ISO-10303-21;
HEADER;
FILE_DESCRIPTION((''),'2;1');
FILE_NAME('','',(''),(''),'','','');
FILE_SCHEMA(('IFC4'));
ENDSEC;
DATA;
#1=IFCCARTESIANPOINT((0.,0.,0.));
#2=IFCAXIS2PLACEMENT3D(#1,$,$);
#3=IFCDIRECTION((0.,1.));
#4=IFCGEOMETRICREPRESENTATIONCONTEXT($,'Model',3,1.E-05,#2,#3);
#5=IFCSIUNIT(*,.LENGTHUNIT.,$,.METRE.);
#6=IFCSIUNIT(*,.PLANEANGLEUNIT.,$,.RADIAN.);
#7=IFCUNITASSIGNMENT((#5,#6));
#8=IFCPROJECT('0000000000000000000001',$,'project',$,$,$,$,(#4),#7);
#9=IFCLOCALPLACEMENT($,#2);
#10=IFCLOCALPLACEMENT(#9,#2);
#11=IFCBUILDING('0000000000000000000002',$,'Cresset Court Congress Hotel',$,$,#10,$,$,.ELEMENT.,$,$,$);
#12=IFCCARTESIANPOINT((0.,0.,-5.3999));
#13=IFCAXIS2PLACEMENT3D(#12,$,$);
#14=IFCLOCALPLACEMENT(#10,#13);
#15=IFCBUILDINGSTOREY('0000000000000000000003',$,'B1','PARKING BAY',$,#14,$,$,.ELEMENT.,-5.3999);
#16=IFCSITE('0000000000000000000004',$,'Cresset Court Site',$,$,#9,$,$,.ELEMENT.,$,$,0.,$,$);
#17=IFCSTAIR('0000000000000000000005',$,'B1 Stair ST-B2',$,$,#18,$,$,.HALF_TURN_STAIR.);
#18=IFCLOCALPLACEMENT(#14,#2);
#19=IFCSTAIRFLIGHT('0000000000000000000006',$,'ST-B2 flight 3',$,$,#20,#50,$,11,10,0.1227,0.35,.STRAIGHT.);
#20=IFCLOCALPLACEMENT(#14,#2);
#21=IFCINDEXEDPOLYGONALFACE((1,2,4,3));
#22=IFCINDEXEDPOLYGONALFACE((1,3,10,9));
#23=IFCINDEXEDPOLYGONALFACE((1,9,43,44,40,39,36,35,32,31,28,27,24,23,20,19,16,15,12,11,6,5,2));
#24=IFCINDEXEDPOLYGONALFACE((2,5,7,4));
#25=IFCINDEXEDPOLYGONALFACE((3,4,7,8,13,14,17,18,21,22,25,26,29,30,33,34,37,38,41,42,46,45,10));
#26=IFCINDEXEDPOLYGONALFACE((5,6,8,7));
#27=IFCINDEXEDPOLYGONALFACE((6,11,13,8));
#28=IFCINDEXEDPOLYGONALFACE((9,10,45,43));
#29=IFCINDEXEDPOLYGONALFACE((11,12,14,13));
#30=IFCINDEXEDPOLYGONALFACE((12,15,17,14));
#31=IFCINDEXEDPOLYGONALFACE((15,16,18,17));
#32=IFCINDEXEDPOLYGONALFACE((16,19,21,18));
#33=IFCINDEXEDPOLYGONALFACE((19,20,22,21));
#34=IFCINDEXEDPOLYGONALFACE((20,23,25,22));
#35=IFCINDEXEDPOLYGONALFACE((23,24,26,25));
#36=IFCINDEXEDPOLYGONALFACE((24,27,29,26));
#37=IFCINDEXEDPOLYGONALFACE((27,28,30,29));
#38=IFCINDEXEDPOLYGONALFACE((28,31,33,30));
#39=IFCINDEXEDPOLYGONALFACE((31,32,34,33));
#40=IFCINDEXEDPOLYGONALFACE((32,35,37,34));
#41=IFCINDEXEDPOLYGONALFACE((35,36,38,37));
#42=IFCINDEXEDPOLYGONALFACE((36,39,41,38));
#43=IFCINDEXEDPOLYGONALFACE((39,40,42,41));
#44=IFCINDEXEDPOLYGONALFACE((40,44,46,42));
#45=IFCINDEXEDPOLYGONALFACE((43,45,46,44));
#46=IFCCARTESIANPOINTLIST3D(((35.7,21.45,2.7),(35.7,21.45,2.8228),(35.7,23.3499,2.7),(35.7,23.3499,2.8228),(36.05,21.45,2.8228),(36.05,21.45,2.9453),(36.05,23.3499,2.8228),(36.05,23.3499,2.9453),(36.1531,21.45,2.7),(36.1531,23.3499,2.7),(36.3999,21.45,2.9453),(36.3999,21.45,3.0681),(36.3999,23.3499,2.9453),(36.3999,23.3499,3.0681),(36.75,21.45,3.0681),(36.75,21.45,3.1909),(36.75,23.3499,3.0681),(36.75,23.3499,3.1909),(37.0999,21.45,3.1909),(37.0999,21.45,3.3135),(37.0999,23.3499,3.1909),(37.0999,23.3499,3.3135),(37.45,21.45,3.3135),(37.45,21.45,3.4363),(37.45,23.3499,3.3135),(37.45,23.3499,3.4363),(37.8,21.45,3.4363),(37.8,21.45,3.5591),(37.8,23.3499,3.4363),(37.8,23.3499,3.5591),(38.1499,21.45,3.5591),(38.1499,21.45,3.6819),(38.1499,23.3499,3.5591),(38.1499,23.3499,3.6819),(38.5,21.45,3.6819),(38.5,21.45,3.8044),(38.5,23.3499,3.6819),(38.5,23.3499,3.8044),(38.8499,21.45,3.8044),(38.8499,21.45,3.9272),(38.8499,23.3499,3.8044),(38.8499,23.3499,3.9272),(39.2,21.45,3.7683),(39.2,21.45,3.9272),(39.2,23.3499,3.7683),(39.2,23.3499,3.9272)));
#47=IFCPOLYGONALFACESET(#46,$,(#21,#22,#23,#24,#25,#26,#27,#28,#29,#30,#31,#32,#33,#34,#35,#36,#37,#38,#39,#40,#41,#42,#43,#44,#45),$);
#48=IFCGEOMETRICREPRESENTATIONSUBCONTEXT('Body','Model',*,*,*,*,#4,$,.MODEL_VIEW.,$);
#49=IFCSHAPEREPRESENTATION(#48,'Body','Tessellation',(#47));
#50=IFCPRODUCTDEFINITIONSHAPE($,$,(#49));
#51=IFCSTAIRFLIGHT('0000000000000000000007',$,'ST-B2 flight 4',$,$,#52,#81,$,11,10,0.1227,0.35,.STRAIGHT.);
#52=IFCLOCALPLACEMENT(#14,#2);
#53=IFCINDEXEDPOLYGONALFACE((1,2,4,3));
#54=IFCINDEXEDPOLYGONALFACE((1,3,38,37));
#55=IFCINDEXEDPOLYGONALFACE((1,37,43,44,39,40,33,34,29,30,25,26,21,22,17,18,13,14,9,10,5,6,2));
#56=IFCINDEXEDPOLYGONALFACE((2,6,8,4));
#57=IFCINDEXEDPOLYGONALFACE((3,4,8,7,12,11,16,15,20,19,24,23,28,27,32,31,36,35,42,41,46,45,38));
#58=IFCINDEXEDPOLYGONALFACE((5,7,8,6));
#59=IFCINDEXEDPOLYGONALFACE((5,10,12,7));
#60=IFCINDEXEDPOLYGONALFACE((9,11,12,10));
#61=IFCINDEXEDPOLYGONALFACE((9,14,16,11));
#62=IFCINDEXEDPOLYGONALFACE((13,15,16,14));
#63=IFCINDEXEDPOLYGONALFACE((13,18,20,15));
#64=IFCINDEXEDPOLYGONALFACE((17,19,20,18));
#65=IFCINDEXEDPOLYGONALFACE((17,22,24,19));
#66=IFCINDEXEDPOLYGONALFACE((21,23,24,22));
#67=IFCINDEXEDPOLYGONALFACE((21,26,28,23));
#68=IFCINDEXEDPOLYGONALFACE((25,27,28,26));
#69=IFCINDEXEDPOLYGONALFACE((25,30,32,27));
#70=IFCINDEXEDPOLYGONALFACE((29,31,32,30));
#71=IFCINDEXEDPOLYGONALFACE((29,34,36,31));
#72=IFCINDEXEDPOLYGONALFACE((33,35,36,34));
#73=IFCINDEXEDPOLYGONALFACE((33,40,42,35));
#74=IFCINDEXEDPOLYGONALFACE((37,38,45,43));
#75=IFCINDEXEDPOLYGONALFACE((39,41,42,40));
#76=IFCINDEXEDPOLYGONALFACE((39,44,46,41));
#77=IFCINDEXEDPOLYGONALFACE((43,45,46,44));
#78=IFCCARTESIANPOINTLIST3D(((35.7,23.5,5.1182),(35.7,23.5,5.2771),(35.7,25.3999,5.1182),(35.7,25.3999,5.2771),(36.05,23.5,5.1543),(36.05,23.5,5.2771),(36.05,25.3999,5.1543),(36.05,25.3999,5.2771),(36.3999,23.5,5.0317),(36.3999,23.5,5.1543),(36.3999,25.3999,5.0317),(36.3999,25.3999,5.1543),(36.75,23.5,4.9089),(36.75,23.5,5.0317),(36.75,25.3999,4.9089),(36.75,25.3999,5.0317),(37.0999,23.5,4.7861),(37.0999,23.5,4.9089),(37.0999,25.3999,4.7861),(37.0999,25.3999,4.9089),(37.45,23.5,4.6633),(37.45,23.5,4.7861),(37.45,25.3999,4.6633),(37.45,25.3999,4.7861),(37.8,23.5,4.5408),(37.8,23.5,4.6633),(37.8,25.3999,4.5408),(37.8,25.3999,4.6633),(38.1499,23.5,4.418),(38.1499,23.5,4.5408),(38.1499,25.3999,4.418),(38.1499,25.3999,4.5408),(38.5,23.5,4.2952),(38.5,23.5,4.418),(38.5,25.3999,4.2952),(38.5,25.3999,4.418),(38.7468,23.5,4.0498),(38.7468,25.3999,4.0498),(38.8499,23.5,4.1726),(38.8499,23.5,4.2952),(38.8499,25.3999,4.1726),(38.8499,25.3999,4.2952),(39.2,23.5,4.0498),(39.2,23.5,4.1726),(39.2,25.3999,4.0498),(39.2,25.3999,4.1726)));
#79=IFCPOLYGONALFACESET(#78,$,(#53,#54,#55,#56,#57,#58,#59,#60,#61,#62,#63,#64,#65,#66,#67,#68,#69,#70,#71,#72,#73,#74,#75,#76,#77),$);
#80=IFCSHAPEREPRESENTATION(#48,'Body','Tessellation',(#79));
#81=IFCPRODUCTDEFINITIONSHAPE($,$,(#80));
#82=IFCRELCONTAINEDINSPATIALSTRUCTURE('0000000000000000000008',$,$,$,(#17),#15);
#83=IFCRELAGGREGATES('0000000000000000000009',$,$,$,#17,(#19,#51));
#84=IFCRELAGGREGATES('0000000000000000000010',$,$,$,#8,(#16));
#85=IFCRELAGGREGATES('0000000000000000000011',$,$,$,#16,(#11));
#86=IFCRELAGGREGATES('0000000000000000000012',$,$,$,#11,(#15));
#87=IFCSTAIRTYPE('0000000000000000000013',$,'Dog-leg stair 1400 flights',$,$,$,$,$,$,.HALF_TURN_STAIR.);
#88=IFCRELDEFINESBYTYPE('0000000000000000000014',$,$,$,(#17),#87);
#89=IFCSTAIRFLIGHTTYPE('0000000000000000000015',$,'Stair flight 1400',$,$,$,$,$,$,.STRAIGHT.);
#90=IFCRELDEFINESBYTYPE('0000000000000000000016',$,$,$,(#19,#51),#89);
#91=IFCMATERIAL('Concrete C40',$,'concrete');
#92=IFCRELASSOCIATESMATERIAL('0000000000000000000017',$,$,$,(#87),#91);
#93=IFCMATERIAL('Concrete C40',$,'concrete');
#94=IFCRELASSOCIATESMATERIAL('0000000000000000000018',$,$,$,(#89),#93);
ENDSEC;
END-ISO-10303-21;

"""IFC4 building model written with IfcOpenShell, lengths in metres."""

from ifc_helpers import new_model, si_unit, direction, frame, origin, place, context, subcontext, project, spatial, polyline, outline, extrude, material, type_object, element, aggregate, save


model = new_model("IFC4")

# Units and contexts
model_context = context("Model", 3, precision=1e-05, world=origin(), true_north=direction((0.0, 1.0)))
body_context = subcontext(model_context, "Body", "Model", "MODEL_VIEW")
ifc_project = project(units=[si_unit("LENGTHUNIT", "METRE"), si_unit("PLANEANGLEUNIT", "RADIAN")], contexts=[model_context])

# Site, building, storey
site_placement = place(None, origin())
site = spatial("IfcSite", under=ifc_project, at=site_placement, Name="Cresset Court Site", CompositionType="ELEMENT", RefElevation=0.0)
building_placement = place(site_placement, origin())
building = spatial("IfcBuilding", under=site, at=building_placement, Name="Cresset Court Congress Hotel", CompositionType="ELEMENT")
storey_placement = place(building_placement, frame((0.0, 0.0, -5.3999)))
storey = spatial("IfcBuildingStorey", under=building, at=storey_placement, Name="B1", Description="PARKING BAY", CompositionType="ELEMENT", Elevation=-5.3999)

# Stair, stair flights
ifc_material_1 = material(Name="Concrete C40", Category="concrete")
stair_type = type_object("IfcStairType", Name="Dog-leg stair 1400 flights", PredefinedType="HALF_TURN_STAIR", material=ifc_material_1)
stair_placement = place(storey_placement, origin())
stair = element("IfcStair", 1, at=stair_placement, inside=storey, type_object=stair_type, Name="B1 Stair ST-B2", PredefinedType="HALF_TURN_STAIR")
ifc_material_2 = material(Name="Concrete C40", Category="concrete")
stair_flight_type = type_object("IfcStairFlightType", Name="Stair flight 1400", PredefinedType="STRAIGHT", material=ifc_material_2)
stair_flight_1_placement = place(storey_placement, frame((35.7, 22.3999, 2.7), z_axis=(0.0, 0.0, 1.0), x_axis=(1.0, 0.0, 0.0)))
stair_flight_1 = element("IfcStairFlight", 2, at=stair_flight_1_placement, type_object=stair_flight_type, Name="ST-B2 flight 3", NumberOfRisers=11, NumberOfTreads=10, PredefinedType="STRAIGHT", RiserHeight=0.1227, TreadLength=0.35, context=body_context, shape_type="SweptSolid", body=[
    extrude(outline(polyline([(0.0, 0.0), (0.0, 0.1228), (0.3501, 0.1228), (0.3501, 0.2454), (0.7, 0.2454), (0.7, 0.3682), (1.05, 0.3682), (1.05, 0.491), (1.3999, 0.491), (1.3999, 0.6135), (1.75, 0.6135), (1.75, 0.7363), (2.1001, 0.7363), (2.1001, 0.8591), (2.45, 0.8591), (2.45, 0.9819), (2.8, 0.9819), (2.8, 1.1045), (3.1499, 1.1045), (3.1499, 1.2273), (3.5, 1.2273), (3.5, 1.3501), (3.5, 1.0684), (0.4531, 0.0), (0.0, 0.0)])), frame((0.0, 0.95, 0.0), z_axis=(0.0, -1.0, 0.0), x_axis=(1.0, 0.0, 0.0)), (0.0, 0.0, 1.0), 1.8999),
])
stair_flight_2_placement = place(storey_placement, frame((39.2, 24.45, 4.0498), z_axis=(0.0, 0.0, 1.0), x_axis=(-1.0, 0.0, 0.0)))
stair_flight_2 = element("IfcStairFlight", 3, at=stair_flight_2_placement, type_object=stair_flight_type, Name="ST-B2 flight 4", NumberOfRisers=11, NumberOfTreads=10, PredefinedType="STRAIGHT", RiserHeight=0.1227, TreadLength=0.35, context=body_context, shape_type="SweptSolid", body=[
    extrude(outline(polyline([(0.0, 0.0), (0.0, 0.1228), (0.3501, 0.1228), (0.3501, 0.2454), (0.7, 0.2454), (0.7, 0.3682), (1.05, 0.3682), (1.05, 0.491), (1.3999, 0.491), (1.3999, 0.6135), (1.75, 0.6135), (1.75, 0.7363), (2.1001, 0.7363), (2.1001, 0.8591), (2.45, 0.8591), (2.45, 0.9819), (2.8, 0.9819), (2.8, 1.1045), (3.1499, 1.1045), (3.1499, 1.2273), (3.5, 1.2273), (3.5, 1.3501), (3.5, 1.0684), (0.4531, 0.0), (0.0, 0.0)])), frame((0.0, 0.95, 0.0), z_axis=(0.0, -1.0, 0.0), x_axis=(1.0, 0.0, 0.0)), (0.0, 0.0, 1.0), 1.8999),
])
aggregate(stair, [stair_flight_1, stair_flight_2])

save(model, "model.ifc")
